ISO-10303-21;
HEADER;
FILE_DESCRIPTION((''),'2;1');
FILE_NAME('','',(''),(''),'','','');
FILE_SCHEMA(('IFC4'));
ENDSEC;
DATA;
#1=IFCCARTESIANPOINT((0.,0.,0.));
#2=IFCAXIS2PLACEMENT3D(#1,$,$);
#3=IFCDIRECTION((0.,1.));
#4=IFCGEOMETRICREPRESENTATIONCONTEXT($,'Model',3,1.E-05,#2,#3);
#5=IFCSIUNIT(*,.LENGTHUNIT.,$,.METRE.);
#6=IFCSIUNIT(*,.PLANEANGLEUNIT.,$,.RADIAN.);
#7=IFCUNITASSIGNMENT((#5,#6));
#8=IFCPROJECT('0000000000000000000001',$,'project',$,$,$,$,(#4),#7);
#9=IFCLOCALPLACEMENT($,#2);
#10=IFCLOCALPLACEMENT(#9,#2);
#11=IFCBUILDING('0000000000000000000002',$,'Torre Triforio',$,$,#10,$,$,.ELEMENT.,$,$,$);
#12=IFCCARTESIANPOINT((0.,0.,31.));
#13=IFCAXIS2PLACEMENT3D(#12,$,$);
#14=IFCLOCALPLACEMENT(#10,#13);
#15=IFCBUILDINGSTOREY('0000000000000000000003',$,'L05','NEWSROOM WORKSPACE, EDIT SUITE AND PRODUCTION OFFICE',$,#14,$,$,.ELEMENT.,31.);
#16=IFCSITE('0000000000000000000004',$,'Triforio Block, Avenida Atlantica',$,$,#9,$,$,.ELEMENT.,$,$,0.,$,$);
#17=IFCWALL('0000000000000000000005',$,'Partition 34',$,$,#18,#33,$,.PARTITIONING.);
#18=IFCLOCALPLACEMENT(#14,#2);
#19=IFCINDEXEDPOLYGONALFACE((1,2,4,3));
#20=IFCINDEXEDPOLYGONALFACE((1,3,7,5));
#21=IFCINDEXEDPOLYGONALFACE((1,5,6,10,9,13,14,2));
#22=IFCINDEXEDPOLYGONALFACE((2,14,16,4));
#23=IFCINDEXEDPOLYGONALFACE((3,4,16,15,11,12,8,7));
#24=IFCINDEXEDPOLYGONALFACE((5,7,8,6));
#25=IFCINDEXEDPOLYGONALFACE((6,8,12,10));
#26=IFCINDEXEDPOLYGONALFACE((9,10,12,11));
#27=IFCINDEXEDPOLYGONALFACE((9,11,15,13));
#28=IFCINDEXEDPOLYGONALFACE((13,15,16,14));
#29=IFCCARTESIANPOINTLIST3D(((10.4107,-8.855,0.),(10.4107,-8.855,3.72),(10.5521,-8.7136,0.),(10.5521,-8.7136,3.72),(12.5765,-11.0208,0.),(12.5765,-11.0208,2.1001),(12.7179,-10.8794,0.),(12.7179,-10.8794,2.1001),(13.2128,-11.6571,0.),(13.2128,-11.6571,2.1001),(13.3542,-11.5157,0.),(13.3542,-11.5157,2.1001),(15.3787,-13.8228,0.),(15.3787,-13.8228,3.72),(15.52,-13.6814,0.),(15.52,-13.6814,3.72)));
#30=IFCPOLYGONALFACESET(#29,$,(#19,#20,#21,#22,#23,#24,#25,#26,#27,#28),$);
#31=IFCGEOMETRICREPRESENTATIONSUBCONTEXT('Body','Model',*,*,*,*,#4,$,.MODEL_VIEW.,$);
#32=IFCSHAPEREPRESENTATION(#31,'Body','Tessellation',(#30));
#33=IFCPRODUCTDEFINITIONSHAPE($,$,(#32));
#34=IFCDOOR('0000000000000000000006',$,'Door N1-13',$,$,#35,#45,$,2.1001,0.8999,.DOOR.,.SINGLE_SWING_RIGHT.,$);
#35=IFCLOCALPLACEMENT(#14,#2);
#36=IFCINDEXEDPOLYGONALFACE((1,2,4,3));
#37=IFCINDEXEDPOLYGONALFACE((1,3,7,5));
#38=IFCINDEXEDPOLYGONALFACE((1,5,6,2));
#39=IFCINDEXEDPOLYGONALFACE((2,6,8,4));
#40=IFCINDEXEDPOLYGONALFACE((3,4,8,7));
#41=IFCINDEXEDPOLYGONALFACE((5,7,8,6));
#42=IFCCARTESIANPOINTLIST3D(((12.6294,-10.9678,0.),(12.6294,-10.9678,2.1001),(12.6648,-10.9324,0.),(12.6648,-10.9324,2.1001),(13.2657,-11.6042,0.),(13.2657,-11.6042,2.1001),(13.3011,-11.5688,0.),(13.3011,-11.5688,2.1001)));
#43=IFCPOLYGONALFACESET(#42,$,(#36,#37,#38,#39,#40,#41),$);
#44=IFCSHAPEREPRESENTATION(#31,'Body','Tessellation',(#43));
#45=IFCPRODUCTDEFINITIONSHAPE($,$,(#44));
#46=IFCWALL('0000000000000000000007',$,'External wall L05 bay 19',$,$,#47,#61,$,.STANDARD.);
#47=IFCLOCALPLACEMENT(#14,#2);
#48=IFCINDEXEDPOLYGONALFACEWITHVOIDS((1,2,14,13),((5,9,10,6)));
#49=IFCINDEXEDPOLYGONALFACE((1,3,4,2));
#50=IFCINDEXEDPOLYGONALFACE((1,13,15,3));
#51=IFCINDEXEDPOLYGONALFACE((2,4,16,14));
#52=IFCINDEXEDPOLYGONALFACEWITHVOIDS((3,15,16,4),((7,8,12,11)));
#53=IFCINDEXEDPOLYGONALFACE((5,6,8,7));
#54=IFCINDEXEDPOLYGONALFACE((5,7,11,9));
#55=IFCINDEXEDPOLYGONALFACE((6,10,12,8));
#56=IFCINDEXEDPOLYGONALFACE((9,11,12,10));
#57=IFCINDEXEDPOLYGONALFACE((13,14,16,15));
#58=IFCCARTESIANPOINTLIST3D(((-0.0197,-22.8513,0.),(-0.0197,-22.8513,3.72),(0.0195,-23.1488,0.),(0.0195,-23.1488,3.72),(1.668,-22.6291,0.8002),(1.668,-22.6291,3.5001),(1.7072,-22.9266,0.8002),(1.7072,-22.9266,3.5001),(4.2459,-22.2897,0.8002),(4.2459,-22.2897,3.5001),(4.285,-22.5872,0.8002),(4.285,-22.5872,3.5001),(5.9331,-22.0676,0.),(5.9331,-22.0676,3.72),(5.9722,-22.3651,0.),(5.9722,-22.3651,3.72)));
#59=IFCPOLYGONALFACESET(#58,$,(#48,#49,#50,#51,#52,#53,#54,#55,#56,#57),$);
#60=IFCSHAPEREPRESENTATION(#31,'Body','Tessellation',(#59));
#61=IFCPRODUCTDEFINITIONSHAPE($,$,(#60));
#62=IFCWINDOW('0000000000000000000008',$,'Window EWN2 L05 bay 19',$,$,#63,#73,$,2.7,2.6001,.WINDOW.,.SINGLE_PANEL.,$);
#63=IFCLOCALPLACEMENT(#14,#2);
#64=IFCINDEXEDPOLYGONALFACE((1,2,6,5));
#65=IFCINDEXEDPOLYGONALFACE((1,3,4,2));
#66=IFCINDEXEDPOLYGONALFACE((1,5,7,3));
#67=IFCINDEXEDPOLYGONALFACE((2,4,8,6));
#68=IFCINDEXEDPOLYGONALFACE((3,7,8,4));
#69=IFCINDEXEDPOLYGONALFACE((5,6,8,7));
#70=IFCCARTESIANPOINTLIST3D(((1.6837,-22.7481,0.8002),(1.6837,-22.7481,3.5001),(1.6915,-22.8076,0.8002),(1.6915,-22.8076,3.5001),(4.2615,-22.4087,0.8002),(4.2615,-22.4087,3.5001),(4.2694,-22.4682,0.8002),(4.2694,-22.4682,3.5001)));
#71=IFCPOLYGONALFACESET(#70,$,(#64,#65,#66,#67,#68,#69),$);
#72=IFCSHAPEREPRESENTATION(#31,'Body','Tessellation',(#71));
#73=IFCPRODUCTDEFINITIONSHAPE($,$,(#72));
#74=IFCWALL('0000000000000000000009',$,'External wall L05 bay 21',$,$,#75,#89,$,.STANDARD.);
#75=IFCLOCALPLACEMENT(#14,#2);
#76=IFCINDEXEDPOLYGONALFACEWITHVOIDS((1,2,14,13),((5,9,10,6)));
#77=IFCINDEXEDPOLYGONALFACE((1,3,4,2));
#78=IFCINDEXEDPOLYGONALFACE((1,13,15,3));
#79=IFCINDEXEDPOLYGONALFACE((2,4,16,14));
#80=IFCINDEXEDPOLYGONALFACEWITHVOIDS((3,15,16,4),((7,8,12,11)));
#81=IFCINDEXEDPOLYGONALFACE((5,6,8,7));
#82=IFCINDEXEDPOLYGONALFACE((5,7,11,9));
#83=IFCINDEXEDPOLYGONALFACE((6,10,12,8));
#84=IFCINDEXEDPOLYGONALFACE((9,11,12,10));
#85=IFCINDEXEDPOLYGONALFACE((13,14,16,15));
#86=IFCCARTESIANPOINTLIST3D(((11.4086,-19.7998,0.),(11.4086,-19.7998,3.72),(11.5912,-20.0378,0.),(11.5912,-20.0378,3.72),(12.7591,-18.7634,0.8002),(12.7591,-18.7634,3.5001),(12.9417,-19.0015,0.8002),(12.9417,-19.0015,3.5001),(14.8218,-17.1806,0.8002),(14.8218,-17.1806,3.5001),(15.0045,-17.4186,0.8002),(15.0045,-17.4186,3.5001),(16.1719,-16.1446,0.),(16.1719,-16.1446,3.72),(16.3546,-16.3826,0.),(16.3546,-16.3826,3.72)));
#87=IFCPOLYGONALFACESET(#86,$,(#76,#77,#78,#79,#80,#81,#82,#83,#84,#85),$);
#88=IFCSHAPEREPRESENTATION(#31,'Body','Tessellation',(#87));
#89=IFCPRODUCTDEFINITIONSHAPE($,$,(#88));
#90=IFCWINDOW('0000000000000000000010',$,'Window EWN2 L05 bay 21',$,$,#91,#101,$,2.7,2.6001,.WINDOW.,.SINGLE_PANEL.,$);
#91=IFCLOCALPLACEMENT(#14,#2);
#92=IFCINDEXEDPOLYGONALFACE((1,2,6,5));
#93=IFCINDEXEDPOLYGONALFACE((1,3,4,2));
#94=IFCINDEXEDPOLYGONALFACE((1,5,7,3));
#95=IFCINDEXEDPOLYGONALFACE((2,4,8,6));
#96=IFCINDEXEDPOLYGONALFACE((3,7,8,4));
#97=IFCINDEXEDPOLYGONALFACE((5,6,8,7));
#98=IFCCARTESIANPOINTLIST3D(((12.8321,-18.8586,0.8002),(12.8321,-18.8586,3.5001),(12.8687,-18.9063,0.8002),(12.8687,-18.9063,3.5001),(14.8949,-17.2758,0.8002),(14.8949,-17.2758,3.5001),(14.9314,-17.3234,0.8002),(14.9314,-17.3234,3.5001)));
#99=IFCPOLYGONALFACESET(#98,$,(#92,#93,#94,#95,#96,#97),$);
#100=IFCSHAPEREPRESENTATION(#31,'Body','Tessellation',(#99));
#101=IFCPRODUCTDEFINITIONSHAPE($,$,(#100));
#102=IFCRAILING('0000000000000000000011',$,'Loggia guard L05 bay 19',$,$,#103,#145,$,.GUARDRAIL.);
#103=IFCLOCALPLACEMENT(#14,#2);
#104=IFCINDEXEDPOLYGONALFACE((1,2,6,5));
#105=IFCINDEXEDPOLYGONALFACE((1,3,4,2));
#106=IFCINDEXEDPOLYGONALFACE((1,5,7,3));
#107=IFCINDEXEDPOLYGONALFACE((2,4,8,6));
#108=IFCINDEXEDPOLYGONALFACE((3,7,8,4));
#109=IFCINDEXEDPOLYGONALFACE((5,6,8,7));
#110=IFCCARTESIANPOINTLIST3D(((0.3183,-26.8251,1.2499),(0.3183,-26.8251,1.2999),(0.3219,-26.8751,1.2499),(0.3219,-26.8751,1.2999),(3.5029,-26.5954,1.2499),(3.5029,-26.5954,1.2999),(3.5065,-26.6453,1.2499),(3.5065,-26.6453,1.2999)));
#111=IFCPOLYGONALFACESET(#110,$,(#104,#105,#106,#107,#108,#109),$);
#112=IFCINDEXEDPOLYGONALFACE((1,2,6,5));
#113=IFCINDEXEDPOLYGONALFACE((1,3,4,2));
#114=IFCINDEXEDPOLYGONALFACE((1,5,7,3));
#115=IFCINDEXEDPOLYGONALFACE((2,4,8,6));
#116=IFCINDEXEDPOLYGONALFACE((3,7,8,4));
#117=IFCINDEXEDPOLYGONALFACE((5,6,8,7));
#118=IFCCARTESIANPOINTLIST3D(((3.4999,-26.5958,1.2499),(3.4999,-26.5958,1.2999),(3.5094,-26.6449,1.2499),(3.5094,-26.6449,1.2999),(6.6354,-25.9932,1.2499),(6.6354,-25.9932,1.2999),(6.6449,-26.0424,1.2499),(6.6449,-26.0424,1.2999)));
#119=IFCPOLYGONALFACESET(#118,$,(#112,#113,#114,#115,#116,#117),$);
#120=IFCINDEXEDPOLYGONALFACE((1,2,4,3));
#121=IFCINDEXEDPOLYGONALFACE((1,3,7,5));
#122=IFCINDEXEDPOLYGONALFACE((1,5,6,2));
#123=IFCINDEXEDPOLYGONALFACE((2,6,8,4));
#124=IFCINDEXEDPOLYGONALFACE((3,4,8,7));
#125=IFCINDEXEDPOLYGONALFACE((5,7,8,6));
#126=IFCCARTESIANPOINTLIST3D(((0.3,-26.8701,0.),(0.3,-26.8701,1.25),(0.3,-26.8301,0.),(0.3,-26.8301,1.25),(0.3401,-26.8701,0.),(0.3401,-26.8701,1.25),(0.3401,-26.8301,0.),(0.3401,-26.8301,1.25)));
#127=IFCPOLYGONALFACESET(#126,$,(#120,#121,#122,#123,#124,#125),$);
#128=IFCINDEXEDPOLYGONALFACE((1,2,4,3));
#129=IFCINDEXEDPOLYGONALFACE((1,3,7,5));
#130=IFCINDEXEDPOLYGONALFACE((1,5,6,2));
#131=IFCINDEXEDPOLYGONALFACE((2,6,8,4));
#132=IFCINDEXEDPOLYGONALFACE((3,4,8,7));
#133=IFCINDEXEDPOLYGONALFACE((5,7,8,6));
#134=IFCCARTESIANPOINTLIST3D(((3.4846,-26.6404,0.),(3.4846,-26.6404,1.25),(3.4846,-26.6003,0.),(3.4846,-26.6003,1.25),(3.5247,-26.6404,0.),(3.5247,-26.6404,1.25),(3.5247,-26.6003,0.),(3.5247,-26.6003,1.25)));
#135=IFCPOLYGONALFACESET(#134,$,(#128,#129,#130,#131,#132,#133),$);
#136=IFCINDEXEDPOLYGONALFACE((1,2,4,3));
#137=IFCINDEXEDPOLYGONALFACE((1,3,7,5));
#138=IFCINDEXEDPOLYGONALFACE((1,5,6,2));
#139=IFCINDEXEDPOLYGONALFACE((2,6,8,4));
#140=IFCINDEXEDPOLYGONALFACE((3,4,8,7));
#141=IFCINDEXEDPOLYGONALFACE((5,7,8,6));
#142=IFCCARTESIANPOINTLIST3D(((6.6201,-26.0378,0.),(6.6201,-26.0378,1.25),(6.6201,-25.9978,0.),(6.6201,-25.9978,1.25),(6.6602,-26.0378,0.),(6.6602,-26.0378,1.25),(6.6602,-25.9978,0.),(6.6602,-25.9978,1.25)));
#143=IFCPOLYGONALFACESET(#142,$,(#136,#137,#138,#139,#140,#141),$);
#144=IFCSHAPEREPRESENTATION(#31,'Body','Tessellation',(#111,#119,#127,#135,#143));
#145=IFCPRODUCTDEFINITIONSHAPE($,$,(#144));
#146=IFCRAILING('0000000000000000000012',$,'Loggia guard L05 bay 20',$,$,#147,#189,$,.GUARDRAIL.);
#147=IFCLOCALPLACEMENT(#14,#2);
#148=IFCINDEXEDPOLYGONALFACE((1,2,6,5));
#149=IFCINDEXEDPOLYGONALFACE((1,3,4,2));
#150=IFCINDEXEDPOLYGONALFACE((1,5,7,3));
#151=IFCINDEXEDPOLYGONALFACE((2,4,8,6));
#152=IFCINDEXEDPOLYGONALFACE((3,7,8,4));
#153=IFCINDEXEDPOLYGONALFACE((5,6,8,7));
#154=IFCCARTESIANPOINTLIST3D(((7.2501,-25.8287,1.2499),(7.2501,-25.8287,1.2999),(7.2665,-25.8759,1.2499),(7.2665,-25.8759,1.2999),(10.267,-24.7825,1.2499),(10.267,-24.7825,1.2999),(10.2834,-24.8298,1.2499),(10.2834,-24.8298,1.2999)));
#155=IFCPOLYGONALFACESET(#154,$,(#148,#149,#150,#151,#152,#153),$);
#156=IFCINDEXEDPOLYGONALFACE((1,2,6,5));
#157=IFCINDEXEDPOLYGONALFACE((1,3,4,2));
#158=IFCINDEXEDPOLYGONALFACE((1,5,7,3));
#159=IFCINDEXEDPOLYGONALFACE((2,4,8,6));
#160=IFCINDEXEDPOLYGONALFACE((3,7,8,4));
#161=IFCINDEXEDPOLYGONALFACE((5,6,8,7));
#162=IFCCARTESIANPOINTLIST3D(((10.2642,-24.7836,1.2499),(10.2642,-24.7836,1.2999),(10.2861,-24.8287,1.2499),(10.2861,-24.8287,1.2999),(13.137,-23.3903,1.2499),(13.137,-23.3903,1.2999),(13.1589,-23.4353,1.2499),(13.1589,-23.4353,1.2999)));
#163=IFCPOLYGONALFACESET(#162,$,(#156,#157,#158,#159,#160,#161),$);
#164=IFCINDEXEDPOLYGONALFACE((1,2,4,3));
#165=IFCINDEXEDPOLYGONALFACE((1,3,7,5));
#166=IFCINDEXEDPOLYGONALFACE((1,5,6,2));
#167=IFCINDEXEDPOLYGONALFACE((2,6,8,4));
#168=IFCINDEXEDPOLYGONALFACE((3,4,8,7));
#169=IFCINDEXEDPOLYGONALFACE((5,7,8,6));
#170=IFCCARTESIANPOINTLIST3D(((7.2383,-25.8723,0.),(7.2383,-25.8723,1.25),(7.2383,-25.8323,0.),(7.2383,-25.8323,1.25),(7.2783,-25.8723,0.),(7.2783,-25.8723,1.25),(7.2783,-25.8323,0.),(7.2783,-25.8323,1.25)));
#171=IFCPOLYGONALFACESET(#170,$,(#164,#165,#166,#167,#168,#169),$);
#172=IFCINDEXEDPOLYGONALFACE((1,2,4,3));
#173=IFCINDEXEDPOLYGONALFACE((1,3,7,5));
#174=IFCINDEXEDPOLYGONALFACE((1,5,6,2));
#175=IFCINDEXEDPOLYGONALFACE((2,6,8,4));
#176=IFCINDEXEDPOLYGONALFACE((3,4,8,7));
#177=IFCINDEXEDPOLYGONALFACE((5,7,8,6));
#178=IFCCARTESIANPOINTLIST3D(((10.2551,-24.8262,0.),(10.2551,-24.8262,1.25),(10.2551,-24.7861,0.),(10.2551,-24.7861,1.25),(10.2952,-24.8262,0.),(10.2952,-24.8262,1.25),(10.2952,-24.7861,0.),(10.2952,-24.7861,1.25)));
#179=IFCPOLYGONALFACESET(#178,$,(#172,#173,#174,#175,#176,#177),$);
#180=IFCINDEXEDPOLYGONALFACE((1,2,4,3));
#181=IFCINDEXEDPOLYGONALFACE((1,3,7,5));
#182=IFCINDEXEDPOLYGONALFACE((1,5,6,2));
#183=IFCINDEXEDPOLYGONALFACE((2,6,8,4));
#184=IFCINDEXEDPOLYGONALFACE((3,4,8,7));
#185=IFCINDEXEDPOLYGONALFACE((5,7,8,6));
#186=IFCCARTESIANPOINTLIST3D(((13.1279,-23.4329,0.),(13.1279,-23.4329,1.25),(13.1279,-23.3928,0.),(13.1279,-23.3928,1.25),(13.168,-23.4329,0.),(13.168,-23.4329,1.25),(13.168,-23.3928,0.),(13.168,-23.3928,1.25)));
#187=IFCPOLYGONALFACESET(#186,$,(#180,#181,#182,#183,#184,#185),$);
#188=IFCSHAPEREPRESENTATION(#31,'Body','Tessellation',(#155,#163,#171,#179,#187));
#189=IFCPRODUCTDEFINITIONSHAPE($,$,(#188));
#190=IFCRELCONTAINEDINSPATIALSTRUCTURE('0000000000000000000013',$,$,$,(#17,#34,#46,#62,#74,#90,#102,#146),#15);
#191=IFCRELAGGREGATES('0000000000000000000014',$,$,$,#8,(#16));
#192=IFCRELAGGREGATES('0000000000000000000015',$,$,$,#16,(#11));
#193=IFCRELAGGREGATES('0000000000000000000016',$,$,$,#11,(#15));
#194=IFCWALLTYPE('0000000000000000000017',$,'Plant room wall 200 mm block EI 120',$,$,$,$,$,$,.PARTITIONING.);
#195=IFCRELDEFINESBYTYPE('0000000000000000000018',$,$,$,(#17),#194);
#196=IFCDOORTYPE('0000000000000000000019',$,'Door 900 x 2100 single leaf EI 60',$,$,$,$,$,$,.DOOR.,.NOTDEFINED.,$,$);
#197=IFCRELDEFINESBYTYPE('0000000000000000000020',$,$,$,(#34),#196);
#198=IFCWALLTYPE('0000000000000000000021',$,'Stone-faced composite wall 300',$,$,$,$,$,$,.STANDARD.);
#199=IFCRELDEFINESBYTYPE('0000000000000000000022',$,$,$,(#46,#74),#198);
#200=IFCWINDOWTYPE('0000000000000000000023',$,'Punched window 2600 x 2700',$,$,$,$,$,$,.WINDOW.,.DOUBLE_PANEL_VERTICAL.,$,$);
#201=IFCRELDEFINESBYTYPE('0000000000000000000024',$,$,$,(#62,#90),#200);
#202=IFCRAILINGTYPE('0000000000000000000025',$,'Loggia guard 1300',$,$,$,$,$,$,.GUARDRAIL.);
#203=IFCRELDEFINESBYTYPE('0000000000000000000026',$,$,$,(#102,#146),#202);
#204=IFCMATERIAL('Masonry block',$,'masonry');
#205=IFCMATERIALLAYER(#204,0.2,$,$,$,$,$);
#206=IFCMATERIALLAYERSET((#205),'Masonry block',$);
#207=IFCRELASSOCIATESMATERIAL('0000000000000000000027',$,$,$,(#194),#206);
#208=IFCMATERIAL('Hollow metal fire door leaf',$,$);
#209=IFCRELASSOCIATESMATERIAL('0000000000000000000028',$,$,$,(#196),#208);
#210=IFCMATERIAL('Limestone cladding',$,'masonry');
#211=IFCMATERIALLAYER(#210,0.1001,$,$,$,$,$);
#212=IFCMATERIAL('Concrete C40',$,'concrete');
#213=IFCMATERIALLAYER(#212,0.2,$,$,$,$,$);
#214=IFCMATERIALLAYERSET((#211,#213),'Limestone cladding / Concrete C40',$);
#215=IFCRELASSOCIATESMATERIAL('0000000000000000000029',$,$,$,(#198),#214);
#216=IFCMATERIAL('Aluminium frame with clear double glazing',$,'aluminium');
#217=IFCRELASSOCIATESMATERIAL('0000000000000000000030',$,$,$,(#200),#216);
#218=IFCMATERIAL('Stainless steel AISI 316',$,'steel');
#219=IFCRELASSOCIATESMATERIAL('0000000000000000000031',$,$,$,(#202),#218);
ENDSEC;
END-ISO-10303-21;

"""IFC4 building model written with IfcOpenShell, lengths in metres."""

from ifc_helpers import new_model, si_unit, direction, frame, frame_2d, origin, origin_2d, place, context, subcontext, project, spatial, rectangle, extrude, material, layer, layer_set, type_object, element, fill, save


model = new_model("IFC4")

# Units and contexts
model_context = context("Model", 3, precision=1e-05, world=origin(), true_north=direction((0.0, 1.0)))
body_context = subcontext(model_context, "Body", "Model", "MODEL_VIEW")
ifc_project = project(units=[si_unit("LENGTHUNIT", "METRE"), si_unit("PLANEANGLEUNIT", "RADIAN")], contexts=[model_context])

# Site, building, storey
site_placement = place(None, origin())
site = spatial("IfcSite", under=ifc_project, at=site_placement, Name="Triforio Block, Avenida Atlantica", CompositionType="ELEMENT", RefElevation=0.0)
building_placement = place(site_placement, origin())
building = spatial("IfcBuilding", under=site, at=building_placement, Name="Torre Triforio", CompositionType="ELEMENT")
storey_placement = place(building_placement, frame((0.0, 0.0, 31.0)))
storey = spatial("IfcBuildingStorey", under=building, at=storey_placement, Name="L05", Description="NEWSROOM WORKSPACE, EDIT SUITE AND PRODUCTION OFFICE", CompositionType="ELEMENT", Elevation=31.0)

# Wall, opening, door
ifc_material_1 = material(Name="Masonry block", Category="masonry")
ifc_layer_1 = layer(ifc_material_1, 0.2)
ifc_layer_set_1 = layer_set([ifc_layer_1], Name="Masonry block")
wall_type_1 = type_object("IfcWallType", Name="Plant room wall 200 mm block EI 120", PredefinedType="PARTITIONING", material=ifc_layer_set_1)
wall_1_placement = place(storey_placement, frame((10.4814, -8.7844, 0.0), z_axis=(0.0, 0.0, 1.0), x_axis=(0.707124, -0.707089, 0.0)))
wall_1 = element("IfcWall", 1, at=wall_1_placement, inside=storey, type_object=wall_type_1, Name="Partition 34", PredefinedType="PARTITIONING", context=body_context, shape_type="SweptSolid", body=[
    extrude(rectangle(XDim=7.0256, YDim=0.2, at=frame_2d((3.5127, 0.0))), origin(), (0.0, 0.0, 1.0), 3.72),
])
opening_1_placement = place(wall_1_placement, frame((3.0627, 0.0, 0.0)))
opening_1 = element("IfcOpeningElement", 2, at=opening_1_placement, cuts=wall_1, PredefinedType="OPENING", context=body_context, shape_type="SweptSolid", body=[
    extrude(rectangle(XDim=0.8999, YDim=2.1001, at=frame_2d((0.45, 1.05))), frame((0.0, 0.1099, 0.0), z_axis=(0.0, -1.0, 0.0), x_axis=(1.0, 0.0, 0.0)), (0.0, 0.0, 1.0), 0.22),
])
ifc_material_2 = material(Name="Hollow metal fire door leaf")
door_type_1 = type_object("IfcDoorType", Name="Door 900 x 2100 single leaf EI 60", OperationType="NOTDEFINED", PredefinedType="DOOR", material=ifc_material_2)
door_1_placement = place(opening_1_placement, origin())
door_1 = element("IfcDoor", 3, at=door_1_placement, inside=storey, type_object=door_type_1, Name="Door N1-13", OperationType="SINGLE_SWING_RIGHT", OverallHeight=2.1001, OverallWidth=0.8999, PredefinedType="DOOR", context=body_context, shape_type="SweptSolid", body=[
    extrude(rectangle(XDim=0.8999, YDim=2.1001, at=frame_2d((0.45, 1.05))), frame((0.0, 0.0249, 0.0), z_axis=(0.0, -1.0, 0.0), x_axis=(1.0, 0.0, 0.0)), (0.0, 0.0, 1.0), 0.05),
])
fill(opening_1, door_1)

# Wall, opening, window
ifc_material_3 = material(Name="Limestone cladding", Category="masonry")
ifc_layer_2 = layer(ifc_material_3, 0.1001)
ifc_material_4 = material(Name="Concrete C40", Category="concrete")
ifc_layer_3 = layer(ifc_material_4, 0.2)
ifc_layer_set_2 = layer_set([ifc_layer_2, ifc_layer_3], Name="Limestone cladding / Concrete C40")
wall_type_2 = type_object("IfcWallType", Name="Stone-faced composite wall 300", PredefinedType="STANDARD", material=ifc_layer_set_2)
wall_2_placement = place(storey_placement, frame((0.0, -23.0, 0.0), z_axis=(0.0, 0.0, 1.0), x_axis=(0.991445, 0.130523, 0.0)))
wall_2 = element("IfcWall", 4, at=wall_2_placement, inside=storey, type_object=wall_type_2, Name="External wall L05 bay 19", PredefinedType="STANDARD", context=body_context, shape_type="SweptSolid", body=[
    extrude(rectangle(XDim=6.0042, YDim=0.3, at=frame_2d((3.002, 0.0))), origin(), (0.0, 0.0, 1.0), 3.72),
])
opening_2_placement = place(wall_2_placement, frame((1.7021, 0.0, 0.8)))
opening_2 = element("IfcOpeningElement", 5, at=opening_2_placement, cuts=wall_2, PredefinedType="OPENING", context=body_context, shape_type="SweptSolid", body=[
    extrude(rectangle(XDim=2.6001, YDim=2.7, at=frame_2d((1.3, 1.3501))), frame((0.0, 0.1599, 0.0), z_axis=(0.0, -1.0, 0.0), x_axis=(1.0, 0.0, 0.0)), (0.0, 0.0, 1.0), 0.3201),
])
ifc_material_5 = material(Name="Aluminium frame with clear double glazing", Category="aluminium")
window_type_1 = type_object("IfcWindowType", Name="Punched window 2600 x 2700", PartitioningType="DOUBLE_PANEL_VERTICAL", PredefinedType="WINDOW", material=ifc_material_5)
window_1_placement = place(opening_2_placement, origin())
window_1 = element("IfcWindow", 6, at=window_1_placement, inside=storey, type_object=window_type_1, Name="Window EWN2 L05 bay 19", OverallHeight=2.7, OverallWidth=2.6001, PartitioningType="SINGLE_PANEL", PredefinedType="WINDOW", context=body_context, shape_type="SweptSolid", body=[
    extrude(rectangle(XDim=2.6001, YDim=2.7, at=frame_2d((1.3, 1.3501))), frame((0.0, 0.03, 0.0), z_axis=(0.0, -1.0, 0.0), x_axis=(1.0, 0.0, 0.0)), (0.0, 0.0, 1.0), 0.0601),
])
fill(opening_2, window_1)

# Wall, opening, window
wall_3_placement = place(storey_placement, frame((11.5, -19.9187, 0.0), z_axis=(0.0, 0.0, 1.0), x_axis=(0.79334, 0.608779, 0.0)))
wall_3 = element("IfcWall", 7, at=wall_3_placement, inside=storey, type_object=wall_type_2, Name="External wall L05 bay 21", PredefinedType="STANDARD", context=body_context, shape_type="SweptSolid", body=[
    extrude(rectangle(XDim=6.0042, YDim=0.3, at=frame_2d((3.002, 0.0))), origin(), (0.0, 0.0, 1.0), 3.72),
])
opening_3_placement = place(wall_3_placement, frame((1.7021, 0.0, 0.8)))
opening_3 = element("IfcOpeningElement", 8, at=opening_3_placement, cuts=wall_3, PredefinedType="OPENING", context=body_context, shape_type="SweptSolid", body=[
    extrude(rectangle(XDim=2.6001, YDim=2.7, at=frame_2d((1.3, 1.3501))), frame((0.0, 0.1599, 0.0), z_axis=(0.0, -1.0, 0.0), x_axis=(1.0, 0.0, 0.0)), (0.0, 0.0, 1.0), 0.3201),
])
window_2_placement = place(opening_3_placement, origin())
window_2 = element("IfcWindow", 9, at=window_2_placement, inside=storey, type_object=window_type_1, Name="Window EWN2 L05 bay 21", OverallHeight=2.7, OverallWidth=2.6001, PartitioningType="SINGLE_PANEL", PredefinedType="WINDOW", context=body_context, shape_type="SweptSolid", body=[
    extrude(rectangle(XDim=2.6001, YDim=2.7, at=frame_2d((1.3, 1.3501))), frame((0.0, 0.03, 0.0), z_axis=(0.0, -1.0, 0.0), x_axis=(1.0, 0.0, 0.0)), (0.0, 0.0, 1.0), 0.0601),
])
fill(opening_3, window_2)

# Railings
ifc_material_6 = material(Name="Stainless steel AISI 316", Category="steel")
railing_type = type_object("IfcRailingType", Name="Loggia guard 1300", PredefinedType="GUARDRAIL", material=ifc_material_6)
railing_1_placement = place(storey_placement, frame((0.3201, -26.8501, 0.0)))
element("IfcRailing", 10, at=railing_1_placement, inside=storey, type_object=railing_type, Name="Loggia guard L05 bay 19", PredefinedType="GUARDRAIL", context=body_context, shape_type="SweptSolid", body=[
    extrude(rectangle(XDim=0.05, YDim=0.05, at=origin_2d()), frame((0.0, 0.0, 1.2749), z_axis=(0.997408, 0.071953, 0.0), x_axis=(-0.071953, 0.997408, 0.0)), (0.0, 0.0, 1.0), 3.1929),
    extrude(rectangle(XDim=0.05, YDim=0.05, at=origin_2d()), frame((3.1846, 0.2297, 1.2749), z_axis=(0.982032, 0.188714, 0.0), x_axis=(-0.188714, 0.982032, 0.0)), (0.0, 0.0, 1.0), 3.1929),
    extrude(rectangle(XDim=0.04, YDim=0.04, at=origin_2d()), origin(), (0.0, 0.0, 1.0), 1.25),
    extrude(rectangle(XDim=0.04, YDim=0.04, at=origin_2d()), frame((3.1846, 0.2297, 0.0)), (0.0, 0.0, 1.0), 1.25),
    extrude(rectangle(XDim=0.04, YDim=0.04, at=origin_2d()), frame((6.3201, 0.8323, 0.0)), (0.0, 0.0, 1.0), 1.25),
])
railing_2_placement = place(storey_placement, frame((7.2583, -25.8523, 0.0)))
element("IfcRailing", 11, at=railing_2_placement, inside=storey, type_object=railing_type, Name="Loggia guard L05 bay 20", PredefinedType="GUARDRAIL", context=body_context, shape_type="SweptSolid", body=[
    extrude(rectangle(XDim=0.05, YDim=0.05, at=origin_2d()), frame((0.0, 0.0, 1.2749), z_axis=(0.944807, 0.327628, 0.0), x_axis=(-0.327628, 0.944807, 0.0)), (0.0, 0.0, 1.0), 3.1931),
    extrude(rectangle(XDim=0.05, YDim=0.05, at=origin_2d()), frame((3.0168, 1.0461, 1.2749), z_axis=(0.89976, 0.436384, 0.0), x_axis=(-0.436384, 0.89976, 0.0)), (0.0, 0.0, 1.0), 3.1929),
    extrude(rectangle(XDim=0.04, YDim=0.04, at=origin_2d()), origin(), (0.0, 0.0, 1.0), 1.25),
    extrude(rectangle(XDim=0.04, YDim=0.04, at=origin_2d()), frame((3.0168, 1.0461, 0.0)), (0.0, 0.0, 1.0), 1.25),
    extrude(rectangle(XDim=0.04, YDim=0.04, at=origin_2d()), frame((5.8896, 2.4395, 0.0)), (0.0, 0.0, 1.0), 1.25),
])

save(model, "model.ifc")
